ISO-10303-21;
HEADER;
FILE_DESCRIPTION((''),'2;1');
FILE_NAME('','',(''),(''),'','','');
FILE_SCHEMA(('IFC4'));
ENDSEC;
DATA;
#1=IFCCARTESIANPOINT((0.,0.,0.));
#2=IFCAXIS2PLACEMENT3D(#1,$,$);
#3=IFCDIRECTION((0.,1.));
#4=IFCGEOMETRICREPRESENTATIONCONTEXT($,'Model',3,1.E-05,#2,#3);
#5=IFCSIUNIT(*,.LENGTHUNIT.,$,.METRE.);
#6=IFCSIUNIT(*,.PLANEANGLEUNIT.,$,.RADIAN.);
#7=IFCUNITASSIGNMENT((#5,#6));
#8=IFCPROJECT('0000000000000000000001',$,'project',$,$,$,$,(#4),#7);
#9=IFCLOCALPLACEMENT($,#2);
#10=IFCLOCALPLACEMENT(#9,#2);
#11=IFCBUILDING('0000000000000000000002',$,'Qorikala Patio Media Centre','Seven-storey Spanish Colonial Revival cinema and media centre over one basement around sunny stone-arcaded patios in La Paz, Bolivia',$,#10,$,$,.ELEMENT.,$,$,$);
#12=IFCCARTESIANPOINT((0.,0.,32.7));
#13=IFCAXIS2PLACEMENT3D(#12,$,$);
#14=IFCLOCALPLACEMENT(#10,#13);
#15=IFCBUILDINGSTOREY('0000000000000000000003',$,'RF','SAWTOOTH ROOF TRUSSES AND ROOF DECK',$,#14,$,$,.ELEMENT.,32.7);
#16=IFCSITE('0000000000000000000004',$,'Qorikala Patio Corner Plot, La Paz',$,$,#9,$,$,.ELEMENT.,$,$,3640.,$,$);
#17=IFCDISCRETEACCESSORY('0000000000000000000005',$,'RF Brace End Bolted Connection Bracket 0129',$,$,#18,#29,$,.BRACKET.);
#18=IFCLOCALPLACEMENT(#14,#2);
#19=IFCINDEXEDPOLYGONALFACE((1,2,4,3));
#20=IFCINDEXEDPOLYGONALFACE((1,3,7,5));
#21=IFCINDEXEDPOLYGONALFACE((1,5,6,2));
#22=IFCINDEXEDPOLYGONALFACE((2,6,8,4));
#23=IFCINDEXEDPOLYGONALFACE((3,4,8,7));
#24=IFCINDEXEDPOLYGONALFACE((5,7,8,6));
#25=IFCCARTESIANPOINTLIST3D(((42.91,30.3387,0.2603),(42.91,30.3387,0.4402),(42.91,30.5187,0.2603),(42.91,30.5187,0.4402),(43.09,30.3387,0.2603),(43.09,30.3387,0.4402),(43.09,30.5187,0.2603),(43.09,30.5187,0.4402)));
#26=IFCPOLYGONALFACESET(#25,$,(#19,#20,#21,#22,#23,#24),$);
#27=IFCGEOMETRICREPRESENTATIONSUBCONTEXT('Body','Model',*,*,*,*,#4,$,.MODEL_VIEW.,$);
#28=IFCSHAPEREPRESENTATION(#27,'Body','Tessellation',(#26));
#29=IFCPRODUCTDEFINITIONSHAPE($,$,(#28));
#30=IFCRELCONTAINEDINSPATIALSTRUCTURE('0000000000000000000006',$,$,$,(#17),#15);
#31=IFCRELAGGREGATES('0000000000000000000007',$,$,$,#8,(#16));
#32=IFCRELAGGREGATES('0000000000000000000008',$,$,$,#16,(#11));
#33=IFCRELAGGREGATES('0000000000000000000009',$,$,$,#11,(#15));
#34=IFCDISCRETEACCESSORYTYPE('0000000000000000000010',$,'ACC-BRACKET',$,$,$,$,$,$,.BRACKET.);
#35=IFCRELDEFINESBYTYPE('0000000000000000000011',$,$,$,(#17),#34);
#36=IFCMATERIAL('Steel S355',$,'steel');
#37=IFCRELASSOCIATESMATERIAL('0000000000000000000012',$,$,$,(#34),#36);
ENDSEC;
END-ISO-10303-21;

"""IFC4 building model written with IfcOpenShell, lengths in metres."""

from ifc_helpers import new_model, si_unit, direction, frame, origin, origin_2d, place, context, subcontext, project, spatial, rectangle, extrude, material, type_object, element, save


model = new_model("IFC4")

# Units and contexts
model_context = context("Model", 3, precision=1e-05, world=origin(), true_north=direction((0.0, 1.0)))
body_context = subcontext(model_context, "Body", "Model", "MODEL_VIEW")
ifc_project = project(units=[si_unit("LENGTHUNIT", "METRE"), si_unit("PLANEANGLEUNIT", "RADIAN")], contexts=[model_context])

# Site, building, storey
site_placement = place(None, origin())
site = spatial("IfcSite", under=ifc_project, at=site_placement, Name="Qorikala Patio Corner Plot, La Paz", CompositionType="ELEMENT", RefElevation=3640.0)
building_placement = place(site_placement, origin())
building = spatial("IfcBuilding", under=site, at=building_placement, Name="Qorikala Patio Media Centre", Description="Seven-storey Spanish Colonial Revival cinema and media centre over one basement around sunny stone-arcaded patios in La Paz, Bolivia", CompositionType="ELEMENT")
storey_placement = place(building_placement, frame((0.0, 0.0, 32.7)))
storey = spatial("IfcBuildingStorey", under=building, at=storey_placement, Name="RF", Description="SAWTOOTH ROOF TRUSSES AND ROOF DECK", CompositionType="ELEMENT", Elevation=32.7)

# Shared definitions
ifc_material_1 = material(Name="Steel S355", Category="steel")

# Discrete accessory
discrete_accessory_type = type_object("IfcDiscreteAccessoryType", Name="ACC-BRACKET", PredefinedType="BRACKET", material=ifc_material_1)
for number, where, z_axis, x_axis, name in (
    (1, (43.0, 30.4287, 0.2603), (0.0, 0.0, 1.0), (1.0, 0.0, 0.0), "RF Brace End Bolted Connection Bracket 0129"),
):
    element("IfcDiscreteAccessory", number, at=place(storey_placement, frame(where, z_axis=z_axis, x_axis=x_axis)), inside=storey, type_object=discrete_accessory_type, Name=name, PredefinedType="BRACKET", context=body_context, shape_type="SweptSolid", body=[
        extrude(rectangle(XDim=0.1799, YDim=0.1799, at=origin_2d()), origin(), (0.0, 0.0, 1.0), 0.1799),
    ])

save(model, "model.ifc")
